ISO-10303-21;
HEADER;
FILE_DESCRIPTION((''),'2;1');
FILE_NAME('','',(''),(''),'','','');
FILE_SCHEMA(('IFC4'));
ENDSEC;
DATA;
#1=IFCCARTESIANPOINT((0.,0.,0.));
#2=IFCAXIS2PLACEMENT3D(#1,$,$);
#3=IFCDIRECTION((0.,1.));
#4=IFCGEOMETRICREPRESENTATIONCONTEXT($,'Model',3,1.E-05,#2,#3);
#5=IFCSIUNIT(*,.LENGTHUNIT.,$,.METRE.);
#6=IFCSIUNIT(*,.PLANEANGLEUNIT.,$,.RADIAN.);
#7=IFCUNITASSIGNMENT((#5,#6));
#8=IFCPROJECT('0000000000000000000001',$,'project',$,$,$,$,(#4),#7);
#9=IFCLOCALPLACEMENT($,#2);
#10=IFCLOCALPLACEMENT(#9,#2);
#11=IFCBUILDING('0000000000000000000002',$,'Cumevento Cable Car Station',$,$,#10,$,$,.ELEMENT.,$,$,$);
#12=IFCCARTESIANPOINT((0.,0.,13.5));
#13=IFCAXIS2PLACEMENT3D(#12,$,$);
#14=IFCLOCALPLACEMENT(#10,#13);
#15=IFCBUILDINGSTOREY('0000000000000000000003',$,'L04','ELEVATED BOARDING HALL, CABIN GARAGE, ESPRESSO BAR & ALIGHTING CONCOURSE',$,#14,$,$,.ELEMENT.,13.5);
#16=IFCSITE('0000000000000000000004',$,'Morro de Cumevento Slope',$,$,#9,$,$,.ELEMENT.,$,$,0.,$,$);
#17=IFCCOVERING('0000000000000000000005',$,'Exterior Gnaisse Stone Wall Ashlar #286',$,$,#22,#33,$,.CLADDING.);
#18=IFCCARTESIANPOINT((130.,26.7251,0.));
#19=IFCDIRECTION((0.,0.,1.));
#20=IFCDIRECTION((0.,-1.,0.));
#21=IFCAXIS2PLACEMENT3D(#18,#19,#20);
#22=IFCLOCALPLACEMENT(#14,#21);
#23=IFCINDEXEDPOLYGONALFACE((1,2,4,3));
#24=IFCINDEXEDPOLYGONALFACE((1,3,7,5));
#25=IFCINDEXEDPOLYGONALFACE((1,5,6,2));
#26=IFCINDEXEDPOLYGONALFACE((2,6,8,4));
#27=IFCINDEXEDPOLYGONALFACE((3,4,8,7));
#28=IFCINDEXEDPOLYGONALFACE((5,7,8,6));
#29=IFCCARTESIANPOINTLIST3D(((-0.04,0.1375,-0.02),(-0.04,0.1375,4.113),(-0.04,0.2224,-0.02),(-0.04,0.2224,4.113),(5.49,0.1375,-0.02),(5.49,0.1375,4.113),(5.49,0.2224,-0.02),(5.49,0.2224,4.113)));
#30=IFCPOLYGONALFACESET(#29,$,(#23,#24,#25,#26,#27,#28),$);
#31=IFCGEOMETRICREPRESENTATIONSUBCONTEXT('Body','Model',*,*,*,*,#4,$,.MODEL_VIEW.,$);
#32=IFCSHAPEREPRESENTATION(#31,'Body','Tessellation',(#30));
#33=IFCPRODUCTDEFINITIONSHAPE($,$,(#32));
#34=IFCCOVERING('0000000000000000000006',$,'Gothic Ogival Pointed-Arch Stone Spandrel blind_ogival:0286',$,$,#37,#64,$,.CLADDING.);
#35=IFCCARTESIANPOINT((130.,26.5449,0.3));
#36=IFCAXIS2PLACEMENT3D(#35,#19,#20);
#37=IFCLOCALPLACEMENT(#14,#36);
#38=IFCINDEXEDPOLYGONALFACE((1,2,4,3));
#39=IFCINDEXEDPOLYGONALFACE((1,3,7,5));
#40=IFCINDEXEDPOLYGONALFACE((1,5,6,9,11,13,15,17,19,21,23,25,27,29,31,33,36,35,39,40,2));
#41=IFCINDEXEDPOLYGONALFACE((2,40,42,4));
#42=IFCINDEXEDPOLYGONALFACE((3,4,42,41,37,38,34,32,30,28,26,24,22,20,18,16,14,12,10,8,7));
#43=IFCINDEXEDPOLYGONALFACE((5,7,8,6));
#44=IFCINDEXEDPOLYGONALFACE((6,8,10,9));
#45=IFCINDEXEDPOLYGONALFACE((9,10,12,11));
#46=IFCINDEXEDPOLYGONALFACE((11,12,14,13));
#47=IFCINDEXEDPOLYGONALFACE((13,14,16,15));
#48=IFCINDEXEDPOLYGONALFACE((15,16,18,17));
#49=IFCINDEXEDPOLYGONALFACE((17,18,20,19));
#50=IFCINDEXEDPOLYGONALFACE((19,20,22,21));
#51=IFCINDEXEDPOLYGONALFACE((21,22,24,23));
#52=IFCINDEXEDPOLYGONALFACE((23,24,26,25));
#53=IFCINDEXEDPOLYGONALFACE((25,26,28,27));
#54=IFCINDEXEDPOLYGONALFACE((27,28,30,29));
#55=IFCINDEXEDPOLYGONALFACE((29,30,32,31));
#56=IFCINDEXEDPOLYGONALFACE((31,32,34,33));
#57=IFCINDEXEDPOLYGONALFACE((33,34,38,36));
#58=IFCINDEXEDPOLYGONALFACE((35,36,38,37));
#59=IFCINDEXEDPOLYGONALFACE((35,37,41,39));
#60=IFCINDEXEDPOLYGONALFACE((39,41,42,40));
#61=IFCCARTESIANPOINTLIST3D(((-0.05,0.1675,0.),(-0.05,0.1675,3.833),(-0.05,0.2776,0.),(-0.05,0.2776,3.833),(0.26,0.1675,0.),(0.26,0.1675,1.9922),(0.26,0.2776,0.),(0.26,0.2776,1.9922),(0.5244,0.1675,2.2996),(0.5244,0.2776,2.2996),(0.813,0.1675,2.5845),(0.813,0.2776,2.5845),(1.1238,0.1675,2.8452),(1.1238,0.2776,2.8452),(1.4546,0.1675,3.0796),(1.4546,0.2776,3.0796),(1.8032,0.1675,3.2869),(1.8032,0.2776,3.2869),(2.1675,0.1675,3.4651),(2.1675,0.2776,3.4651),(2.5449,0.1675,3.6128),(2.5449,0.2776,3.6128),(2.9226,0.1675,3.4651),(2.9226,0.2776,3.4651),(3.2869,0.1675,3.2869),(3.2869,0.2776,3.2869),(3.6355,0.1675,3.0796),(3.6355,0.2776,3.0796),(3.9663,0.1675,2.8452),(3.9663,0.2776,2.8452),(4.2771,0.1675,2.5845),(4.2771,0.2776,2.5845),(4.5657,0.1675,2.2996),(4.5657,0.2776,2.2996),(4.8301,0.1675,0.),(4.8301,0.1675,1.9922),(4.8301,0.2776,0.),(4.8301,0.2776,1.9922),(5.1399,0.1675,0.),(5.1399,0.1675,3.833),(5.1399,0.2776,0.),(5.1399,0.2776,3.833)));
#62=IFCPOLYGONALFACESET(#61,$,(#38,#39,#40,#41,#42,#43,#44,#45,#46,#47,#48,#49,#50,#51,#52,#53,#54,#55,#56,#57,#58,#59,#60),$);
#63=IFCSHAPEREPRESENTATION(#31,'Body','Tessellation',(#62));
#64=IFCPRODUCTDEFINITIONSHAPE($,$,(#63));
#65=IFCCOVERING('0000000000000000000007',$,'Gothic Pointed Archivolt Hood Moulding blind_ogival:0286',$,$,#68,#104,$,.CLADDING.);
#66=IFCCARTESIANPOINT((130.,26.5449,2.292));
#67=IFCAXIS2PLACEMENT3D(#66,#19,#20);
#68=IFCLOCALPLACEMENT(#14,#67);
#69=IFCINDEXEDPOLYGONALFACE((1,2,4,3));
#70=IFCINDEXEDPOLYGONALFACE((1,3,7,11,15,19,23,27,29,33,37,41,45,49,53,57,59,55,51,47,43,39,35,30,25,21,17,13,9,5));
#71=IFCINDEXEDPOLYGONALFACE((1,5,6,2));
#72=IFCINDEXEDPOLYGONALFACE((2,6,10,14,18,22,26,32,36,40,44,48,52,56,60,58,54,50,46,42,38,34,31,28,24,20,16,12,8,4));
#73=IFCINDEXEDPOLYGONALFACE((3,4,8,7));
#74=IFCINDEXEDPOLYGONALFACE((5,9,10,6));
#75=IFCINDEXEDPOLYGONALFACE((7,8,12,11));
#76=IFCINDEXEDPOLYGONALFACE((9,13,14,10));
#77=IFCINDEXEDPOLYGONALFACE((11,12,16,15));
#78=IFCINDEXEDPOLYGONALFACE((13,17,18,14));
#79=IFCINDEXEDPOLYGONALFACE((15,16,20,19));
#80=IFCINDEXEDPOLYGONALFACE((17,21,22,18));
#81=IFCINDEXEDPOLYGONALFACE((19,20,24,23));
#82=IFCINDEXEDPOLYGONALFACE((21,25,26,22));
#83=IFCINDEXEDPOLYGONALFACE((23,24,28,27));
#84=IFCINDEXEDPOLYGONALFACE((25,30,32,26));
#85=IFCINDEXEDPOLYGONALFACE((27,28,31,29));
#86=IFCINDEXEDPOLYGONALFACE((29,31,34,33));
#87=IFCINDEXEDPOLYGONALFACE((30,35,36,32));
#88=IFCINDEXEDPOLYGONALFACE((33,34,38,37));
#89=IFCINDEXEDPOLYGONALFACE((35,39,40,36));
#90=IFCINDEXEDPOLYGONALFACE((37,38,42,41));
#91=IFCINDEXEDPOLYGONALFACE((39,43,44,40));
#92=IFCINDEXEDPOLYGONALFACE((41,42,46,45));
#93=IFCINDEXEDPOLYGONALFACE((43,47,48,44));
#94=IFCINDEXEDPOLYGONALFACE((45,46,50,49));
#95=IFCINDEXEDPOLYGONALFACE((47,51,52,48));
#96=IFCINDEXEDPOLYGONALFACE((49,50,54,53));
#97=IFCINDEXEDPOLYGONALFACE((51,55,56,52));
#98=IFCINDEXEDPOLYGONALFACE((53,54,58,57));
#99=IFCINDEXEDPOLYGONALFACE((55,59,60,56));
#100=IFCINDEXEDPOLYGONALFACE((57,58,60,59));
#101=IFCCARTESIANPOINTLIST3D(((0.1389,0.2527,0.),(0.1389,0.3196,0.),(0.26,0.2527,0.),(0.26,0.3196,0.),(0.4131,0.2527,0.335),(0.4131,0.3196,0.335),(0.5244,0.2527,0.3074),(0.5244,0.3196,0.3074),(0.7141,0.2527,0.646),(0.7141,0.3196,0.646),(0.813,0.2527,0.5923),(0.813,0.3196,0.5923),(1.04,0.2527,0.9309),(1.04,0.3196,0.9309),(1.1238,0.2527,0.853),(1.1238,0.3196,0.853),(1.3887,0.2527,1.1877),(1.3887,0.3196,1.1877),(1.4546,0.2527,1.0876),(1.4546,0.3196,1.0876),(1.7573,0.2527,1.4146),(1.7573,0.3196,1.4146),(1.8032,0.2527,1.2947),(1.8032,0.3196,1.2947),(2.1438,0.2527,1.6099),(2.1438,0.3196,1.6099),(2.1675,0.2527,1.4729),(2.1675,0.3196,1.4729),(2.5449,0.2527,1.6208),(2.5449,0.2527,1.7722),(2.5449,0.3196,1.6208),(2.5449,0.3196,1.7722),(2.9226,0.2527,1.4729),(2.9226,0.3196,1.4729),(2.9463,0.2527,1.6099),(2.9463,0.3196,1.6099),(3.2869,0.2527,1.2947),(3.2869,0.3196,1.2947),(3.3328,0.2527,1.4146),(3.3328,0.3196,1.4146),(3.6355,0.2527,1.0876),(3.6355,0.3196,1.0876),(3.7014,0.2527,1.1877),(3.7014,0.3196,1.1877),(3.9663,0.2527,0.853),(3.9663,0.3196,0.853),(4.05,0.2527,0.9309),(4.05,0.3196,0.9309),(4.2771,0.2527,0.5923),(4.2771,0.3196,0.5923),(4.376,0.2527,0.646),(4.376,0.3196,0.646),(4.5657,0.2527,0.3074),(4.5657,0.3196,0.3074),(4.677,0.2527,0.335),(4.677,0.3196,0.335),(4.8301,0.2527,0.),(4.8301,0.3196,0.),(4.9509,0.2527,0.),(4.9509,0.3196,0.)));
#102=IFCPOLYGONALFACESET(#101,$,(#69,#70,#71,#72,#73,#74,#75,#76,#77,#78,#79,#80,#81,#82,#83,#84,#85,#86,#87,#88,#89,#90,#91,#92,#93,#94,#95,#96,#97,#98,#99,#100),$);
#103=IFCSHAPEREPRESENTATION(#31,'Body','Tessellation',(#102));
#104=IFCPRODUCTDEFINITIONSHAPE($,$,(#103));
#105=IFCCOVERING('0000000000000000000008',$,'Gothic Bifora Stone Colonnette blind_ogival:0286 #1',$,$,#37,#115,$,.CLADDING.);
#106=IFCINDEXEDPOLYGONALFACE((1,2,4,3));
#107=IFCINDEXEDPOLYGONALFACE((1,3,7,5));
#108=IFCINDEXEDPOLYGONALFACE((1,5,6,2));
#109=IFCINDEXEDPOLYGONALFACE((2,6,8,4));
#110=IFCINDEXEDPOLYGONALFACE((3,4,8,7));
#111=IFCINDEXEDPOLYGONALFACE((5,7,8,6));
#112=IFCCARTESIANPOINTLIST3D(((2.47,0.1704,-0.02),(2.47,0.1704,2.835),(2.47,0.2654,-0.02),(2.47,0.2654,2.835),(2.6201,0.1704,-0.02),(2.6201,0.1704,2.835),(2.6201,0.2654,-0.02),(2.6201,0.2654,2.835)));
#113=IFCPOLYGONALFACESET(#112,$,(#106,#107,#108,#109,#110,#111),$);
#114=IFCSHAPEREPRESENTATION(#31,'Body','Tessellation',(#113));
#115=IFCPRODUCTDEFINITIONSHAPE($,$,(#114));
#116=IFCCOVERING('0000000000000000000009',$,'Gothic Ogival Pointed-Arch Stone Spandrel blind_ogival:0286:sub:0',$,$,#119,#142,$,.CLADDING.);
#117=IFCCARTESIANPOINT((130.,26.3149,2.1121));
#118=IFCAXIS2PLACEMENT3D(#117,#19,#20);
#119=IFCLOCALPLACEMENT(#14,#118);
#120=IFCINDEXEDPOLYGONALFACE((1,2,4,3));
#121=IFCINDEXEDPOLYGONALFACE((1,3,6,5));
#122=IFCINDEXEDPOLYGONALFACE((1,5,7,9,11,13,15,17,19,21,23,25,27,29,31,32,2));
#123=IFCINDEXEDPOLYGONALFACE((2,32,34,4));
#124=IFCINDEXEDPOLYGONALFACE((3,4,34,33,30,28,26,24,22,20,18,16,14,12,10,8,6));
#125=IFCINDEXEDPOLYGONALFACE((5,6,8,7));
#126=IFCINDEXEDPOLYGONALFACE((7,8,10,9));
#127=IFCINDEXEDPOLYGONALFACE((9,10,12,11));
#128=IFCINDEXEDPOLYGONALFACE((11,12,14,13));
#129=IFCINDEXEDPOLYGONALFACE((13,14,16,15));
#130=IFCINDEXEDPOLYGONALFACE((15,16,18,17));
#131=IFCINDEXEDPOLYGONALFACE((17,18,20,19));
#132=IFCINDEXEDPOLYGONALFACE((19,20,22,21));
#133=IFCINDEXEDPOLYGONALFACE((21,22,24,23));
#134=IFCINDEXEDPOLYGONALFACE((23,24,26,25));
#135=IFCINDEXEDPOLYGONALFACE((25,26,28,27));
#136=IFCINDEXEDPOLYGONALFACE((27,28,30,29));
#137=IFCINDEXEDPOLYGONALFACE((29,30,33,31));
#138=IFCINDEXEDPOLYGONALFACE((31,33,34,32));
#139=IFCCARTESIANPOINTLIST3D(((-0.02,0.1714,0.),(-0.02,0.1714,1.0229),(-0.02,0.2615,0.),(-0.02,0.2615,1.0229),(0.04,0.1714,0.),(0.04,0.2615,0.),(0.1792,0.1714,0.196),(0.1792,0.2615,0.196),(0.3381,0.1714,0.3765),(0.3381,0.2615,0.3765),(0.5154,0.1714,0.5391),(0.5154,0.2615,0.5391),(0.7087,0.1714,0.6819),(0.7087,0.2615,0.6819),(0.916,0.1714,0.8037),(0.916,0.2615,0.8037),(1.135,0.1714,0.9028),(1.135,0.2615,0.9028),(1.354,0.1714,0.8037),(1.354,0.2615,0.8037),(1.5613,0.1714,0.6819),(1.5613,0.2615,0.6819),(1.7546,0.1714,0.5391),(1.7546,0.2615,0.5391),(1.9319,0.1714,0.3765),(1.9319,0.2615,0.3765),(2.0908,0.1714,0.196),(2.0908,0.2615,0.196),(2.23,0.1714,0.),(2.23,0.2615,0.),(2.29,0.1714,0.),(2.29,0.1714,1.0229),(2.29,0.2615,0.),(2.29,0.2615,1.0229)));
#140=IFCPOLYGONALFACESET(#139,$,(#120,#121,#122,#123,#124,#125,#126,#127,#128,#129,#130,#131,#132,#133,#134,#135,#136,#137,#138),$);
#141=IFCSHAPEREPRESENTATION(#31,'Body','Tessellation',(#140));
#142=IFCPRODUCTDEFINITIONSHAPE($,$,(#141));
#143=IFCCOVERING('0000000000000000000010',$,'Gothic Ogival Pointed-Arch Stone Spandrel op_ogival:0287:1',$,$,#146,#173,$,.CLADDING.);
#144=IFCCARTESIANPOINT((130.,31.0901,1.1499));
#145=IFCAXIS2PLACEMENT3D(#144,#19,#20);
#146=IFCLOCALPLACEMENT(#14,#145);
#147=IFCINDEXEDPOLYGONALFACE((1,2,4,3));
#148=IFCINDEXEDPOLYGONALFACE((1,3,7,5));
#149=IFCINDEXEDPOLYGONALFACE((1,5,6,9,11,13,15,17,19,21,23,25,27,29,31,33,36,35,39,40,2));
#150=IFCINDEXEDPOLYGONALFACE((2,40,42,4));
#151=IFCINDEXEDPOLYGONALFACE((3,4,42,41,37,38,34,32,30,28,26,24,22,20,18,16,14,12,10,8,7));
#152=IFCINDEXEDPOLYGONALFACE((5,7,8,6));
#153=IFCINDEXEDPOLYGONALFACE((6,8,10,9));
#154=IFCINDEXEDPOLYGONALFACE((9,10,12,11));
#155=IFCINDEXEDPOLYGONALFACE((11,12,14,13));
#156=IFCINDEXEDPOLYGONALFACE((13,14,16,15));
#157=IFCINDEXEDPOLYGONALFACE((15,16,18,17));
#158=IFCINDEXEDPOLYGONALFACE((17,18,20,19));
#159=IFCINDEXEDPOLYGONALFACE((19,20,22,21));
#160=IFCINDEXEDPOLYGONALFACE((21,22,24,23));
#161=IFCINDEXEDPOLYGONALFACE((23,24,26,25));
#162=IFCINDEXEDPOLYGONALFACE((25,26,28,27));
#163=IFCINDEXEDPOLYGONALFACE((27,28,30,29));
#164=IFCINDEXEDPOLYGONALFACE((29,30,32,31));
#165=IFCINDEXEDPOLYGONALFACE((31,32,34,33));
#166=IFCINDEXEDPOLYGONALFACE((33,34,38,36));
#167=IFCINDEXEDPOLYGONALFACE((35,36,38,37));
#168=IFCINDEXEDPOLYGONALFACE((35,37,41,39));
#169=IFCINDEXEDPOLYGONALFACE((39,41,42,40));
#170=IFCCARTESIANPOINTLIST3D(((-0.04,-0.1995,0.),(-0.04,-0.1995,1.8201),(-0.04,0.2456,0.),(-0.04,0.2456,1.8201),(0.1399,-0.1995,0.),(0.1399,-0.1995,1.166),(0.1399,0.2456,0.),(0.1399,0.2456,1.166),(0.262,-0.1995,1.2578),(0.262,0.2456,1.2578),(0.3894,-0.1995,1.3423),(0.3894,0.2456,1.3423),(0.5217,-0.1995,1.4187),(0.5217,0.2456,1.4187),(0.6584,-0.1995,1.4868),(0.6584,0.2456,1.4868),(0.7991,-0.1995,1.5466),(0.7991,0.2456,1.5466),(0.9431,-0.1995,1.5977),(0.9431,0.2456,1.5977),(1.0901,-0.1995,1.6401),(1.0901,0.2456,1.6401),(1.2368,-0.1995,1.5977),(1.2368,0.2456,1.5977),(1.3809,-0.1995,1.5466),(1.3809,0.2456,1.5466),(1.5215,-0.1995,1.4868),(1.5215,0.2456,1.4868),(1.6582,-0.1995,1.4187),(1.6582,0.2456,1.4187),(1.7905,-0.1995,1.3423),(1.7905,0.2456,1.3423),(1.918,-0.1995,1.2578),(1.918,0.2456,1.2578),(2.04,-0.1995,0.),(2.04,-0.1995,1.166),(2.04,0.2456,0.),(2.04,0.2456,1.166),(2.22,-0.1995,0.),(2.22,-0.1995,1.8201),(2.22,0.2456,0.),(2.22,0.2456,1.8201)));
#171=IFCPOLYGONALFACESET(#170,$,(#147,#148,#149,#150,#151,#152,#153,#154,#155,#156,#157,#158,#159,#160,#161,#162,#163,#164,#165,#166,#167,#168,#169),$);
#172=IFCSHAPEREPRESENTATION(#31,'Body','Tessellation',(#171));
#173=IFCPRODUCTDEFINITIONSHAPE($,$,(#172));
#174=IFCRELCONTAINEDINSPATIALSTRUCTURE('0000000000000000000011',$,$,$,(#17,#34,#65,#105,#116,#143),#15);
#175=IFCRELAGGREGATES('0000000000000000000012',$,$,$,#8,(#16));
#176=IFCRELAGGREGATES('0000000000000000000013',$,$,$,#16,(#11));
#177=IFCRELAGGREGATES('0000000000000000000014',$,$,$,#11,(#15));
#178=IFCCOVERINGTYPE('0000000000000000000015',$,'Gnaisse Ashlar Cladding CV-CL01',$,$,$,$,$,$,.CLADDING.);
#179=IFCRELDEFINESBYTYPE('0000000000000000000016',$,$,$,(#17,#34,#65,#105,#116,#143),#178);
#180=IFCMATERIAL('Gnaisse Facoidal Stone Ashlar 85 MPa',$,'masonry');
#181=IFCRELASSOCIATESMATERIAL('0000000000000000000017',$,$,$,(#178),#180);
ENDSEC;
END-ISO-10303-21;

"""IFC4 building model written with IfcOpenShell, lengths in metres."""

from ifc_helpers import new_model, si_unit, direction, frame, origin, place, context, subcontext, project, spatial, polyline, outline, extrude, material, type_object, element, save


model = new_model("IFC4")

# Units and contexts
model_context = context("Model", 3, precision=1e-05, world=origin(), true_north=direction((0.0, 1.0)))
body_context = subcontext(model_context, "Body", "Model", "MODEL_VIEW")
ifc_project = project(units=[si_unit("LENGTHUNIT", "METRE"), si_unit("PLANEANGLEUNIT", "RADIAN")], contexts=[model_context])

# Site, building, storey
site_placement = place(None, origin())
site = spatial("IfcSite", under=ifc_project, at=site_placement, Name="Morro de Cumevento Slope", CompositionType="ELEMENT", RefElevation=0.0)
building_placement = place(site_placement, origin())
building = spatial("IfcBuilding", under=site, at=building_placement, Name="Cumevento Cable Car Station", CompositionType="ELEMENT")
storey_placement = place(building_placement, frame((0.0, 0.0, 13.5)))
storey = spatial("IfcBuildingStorey", under=building, at=storey_placement, Name="L04", Description="ELEVATED BOARDING HALL, CABIN GARAGE, ESPRESSO BAR & ALIGHTING CONCOURSE", CompositionType="ELEMENT", Elevation=13.5)

# Coverings
ifc_material_1 = material(Name="Gnaisse Facoidal Stone Ashlar 85 MPa", Category="masonry")
covering_type = type_object("IfcCoveringType", Name="Gnaisse Ashlar Cladding CV-CL01", PredefinedType="CLADDING", material=ifc_material_1)
covering_1_placement = place(storey_placement, frame((130.0, 26.7251, 0.0), z_axis=(0.0, 0.0, 1.0), x_axis=(0.0, -1.0, 0.0)))
element("IfcCovering", 1, at=covering_1_placement, inside=storey, type_object=covering_type, Name="Exterior Gnaisse Stone Wall Ashlar #286", PredefinedType="CLADDING", context=body_context, shape_type="SweptSolid", body=[
    extrude(outline(polyline([(-0.04, -0.02), (5.49, -0.02), (5.49, 4.113), (-0.04, 4.113), (-0.04, -0.02)])), frame((0.0, 0.2224, 0.0), z_axis=(0.0, -1.0, 0.0), x_axis=(1.0, 0.0, 0.0)), (0.0, 0.0, 1.0), 0.085),
])
placement = place(storey_placement, frame((130.0, 26.5449, 0.3), z_axis=(0.0, 0.0, 1.0), x_axis=(0.0, -1.0, 0.0)))
element("IfcCovering", 2, at=placement, inside=storey, type_object=covering_type, Name="Gothic Ogival Pointed-Arch Stone Spandrel blind_ogival:0286", PredefinedType="CLADDING", context=body_context, shape_type="SweptSolid", body=[
    extrude(outline(polyline([(-0.05, 0.0), (-0.05, 3.833), (5.1399, 3.833), (5.1399, 0.0), (4.8301, 0.0), (4.8301, 1.9922), (4.5657, 2.2996), (4.2771, 2.5845), (3.9663, 2.8452), (3.6355, 3.0796), (3.2869, 3.2869), (2.9226, 3.4651), (2.5449, 3.6128), (2.1675, 3.4651), (1.8032, 3.2869), (1.4546, 3.0796), (1.1238, 2.8452), (0.813, 2.5845), (0.5244, 2.2996), (0.26, 1.9922), (0.26, 0.0), (-0.05, 0.0)])), frame((0.0, 0.2776, 0.0), z_axis=(0.0, -1.0, 0.0), x_axis=(1.0, 0.0, 0.0)), (0.0, 0.0, 1.0), 0.1101),
])
covering_2_placement = place(storey_placement, frame((130.0, 26.5449, 2.292), z_axis=(0.0, 0.0, 1.0), x_axis=(0.0, -1.0, 0.0)))
element("IfcCovering", 3, at=covering_2_placement, inside=storey, type_object=covering_type, Name="Gothic Pointed Archivolt Hood Moulding blind_ogival:0286", PredefinedType="CLADDING", context=body_context, shape_type="SweptSolid", body=[
    extrude(outline(polyline([(0.26, 0.0), (0.5244, 0.3074), (0.813, 0.5923), (1.1238, 0.853), (1.4546, 1.0876), (1.8032, 1.2947), (2.1675, 1.4729), (2.5449, 1.6208), (2.9226, 1.4729), (3.2869, 1.2947), (3.6355, 1.0876), (3.9663, 0.853), (4.2771, 0.5923), (4.5657, 0.3074), (4.8301, 0.0), (4.9509, 0.0), (4.677, 0.335), (4.376, 0.646), (4.05, 0.9309), (3.7014, 1.1877), (3.3328, 1.4146), (2.9463, 1.6099), (2.5449, 1.7722), (2.1438, 1.6099), (1.7573, 1.4146), (1.3887, 1.1877), (1.04, 0.9309), (0.7141, 0.646), (0.4131, 0.335), (0.1389, 0.0), (0.26, 0.0)])), frame((0.0, 0.3196, 0.0), z_axis=(0.0, -1.0, 0.0), x_axis=(1.0, 0.0, 0.0)), (0.0, 0.0, 1.0), 0.0669),
])
element("IfcCovering", 4, at=placement, inside=storey, type_object=covering_type, Name="Gothic Bifora Stone Colonnette blind_ogival:0286 #1", PredefinedType="CLADDING", context=body_context, shape_type="SweptSolid", body=[
    extrude(outline(polyline([(2.47, -0.02), (2.6201, -0.02), (2.6201, 2.835), (2.47, 2.835), (2.47, -0.02)])), frame((0.0, 0.2654, 0.0), z_axis=(0.0, -1.0, 0.0), x_axis=(1.0, 0.0, 0.0)), (0.0, 0.0, 1.0), 0.095),
])
covering_3_placement = place(storey_placement, frame((130.0, 26.3149, 2.1121), z_axis=(0.0, 0.0, 1.0), x_axis=(0.0, -1.0, 0.0)))
element("IfcCovering", 5, at=covering_3_placement, inside=storey, type_object=covering_type, Name="Gothic Ogival Pointed-Arch Stone Spandrel blind_ogival:0286:sub:0", PredefinedType="CLADDING", context=body_context, shape_type="SweptSolid", body=[
    extrude(outline(polyline([(-0.02, 0.0), (-0.02, 1.0229), (2.29, 1.0229), (2.29, 0.0), (2.23, 0.0), (2.0908, 0.196), (1.9319, 0.3765), (1.7546, 0.5391), (1.5613, 0.6819), (1.354, 0.8037), (1.135, 0.9028), (0.916, 0.8037), (0.7087, 0.6819), (0.5154, 0.5391), (0.3381, 0.3765), (0.1792, 0.196), (0.04, 0.0), (-0.02, 0.0)])), frame((0.0, 0.2615, 0.0), z_axis=(0.0, -1.0, 0.0), x_axis=(1.0, 0.0, 0.0)), (0.0, 0.0, 1.0), 0.0901),
])
covering_4_placement = place(storey_placement, frame((130.0, 31.0901, 1.1499), z_axis=(0.0, 0.0, 1.0), x_axis=(0.0, -1.0, 0.0)))
element("IfcCovering", 6, at=covering_4_placement, inside=storey, type_object=covering_type, Name="Gothic Ogival Pointed-Arch Stone Spandrel op_ogival:0287:1", PredefinedType="CLADDING", context=body_context, shape_type="SweptSolid", body=[
    extrude(outline(polyline([(-0.04, 0.0), (-0.04, 1.8201), (2.22, 1.8201), (2.22, 0.0), (2.04, 0.0), (2.04, 1.166), (1.918, 1.2578), (1.7905, 1.3423), (1.6582, 1.4187), (1.5215, 1.4868), (1.3809, 1.5466), (1.2368, 1.5977), (1.0901, 1.6401), (0.9431, 1.5977), (0.7991, 1.5466), (0.6584, 1.4868), (0.5217, 1.4187), (0.3894, 1.3423), (0.262, 1.2578), (0.1399, 1.166), (0.1399, 0.0), (-0.04, 0.0)])), frame((0.0, 0.2456, 0.0), z_axis=(0.0, -1.0, 0.0), x_axis=(1.0, 0.0, 0.0)), (0.0, 0.0, 1.0), 0.4451),
])

save(model, "model.ifc")
